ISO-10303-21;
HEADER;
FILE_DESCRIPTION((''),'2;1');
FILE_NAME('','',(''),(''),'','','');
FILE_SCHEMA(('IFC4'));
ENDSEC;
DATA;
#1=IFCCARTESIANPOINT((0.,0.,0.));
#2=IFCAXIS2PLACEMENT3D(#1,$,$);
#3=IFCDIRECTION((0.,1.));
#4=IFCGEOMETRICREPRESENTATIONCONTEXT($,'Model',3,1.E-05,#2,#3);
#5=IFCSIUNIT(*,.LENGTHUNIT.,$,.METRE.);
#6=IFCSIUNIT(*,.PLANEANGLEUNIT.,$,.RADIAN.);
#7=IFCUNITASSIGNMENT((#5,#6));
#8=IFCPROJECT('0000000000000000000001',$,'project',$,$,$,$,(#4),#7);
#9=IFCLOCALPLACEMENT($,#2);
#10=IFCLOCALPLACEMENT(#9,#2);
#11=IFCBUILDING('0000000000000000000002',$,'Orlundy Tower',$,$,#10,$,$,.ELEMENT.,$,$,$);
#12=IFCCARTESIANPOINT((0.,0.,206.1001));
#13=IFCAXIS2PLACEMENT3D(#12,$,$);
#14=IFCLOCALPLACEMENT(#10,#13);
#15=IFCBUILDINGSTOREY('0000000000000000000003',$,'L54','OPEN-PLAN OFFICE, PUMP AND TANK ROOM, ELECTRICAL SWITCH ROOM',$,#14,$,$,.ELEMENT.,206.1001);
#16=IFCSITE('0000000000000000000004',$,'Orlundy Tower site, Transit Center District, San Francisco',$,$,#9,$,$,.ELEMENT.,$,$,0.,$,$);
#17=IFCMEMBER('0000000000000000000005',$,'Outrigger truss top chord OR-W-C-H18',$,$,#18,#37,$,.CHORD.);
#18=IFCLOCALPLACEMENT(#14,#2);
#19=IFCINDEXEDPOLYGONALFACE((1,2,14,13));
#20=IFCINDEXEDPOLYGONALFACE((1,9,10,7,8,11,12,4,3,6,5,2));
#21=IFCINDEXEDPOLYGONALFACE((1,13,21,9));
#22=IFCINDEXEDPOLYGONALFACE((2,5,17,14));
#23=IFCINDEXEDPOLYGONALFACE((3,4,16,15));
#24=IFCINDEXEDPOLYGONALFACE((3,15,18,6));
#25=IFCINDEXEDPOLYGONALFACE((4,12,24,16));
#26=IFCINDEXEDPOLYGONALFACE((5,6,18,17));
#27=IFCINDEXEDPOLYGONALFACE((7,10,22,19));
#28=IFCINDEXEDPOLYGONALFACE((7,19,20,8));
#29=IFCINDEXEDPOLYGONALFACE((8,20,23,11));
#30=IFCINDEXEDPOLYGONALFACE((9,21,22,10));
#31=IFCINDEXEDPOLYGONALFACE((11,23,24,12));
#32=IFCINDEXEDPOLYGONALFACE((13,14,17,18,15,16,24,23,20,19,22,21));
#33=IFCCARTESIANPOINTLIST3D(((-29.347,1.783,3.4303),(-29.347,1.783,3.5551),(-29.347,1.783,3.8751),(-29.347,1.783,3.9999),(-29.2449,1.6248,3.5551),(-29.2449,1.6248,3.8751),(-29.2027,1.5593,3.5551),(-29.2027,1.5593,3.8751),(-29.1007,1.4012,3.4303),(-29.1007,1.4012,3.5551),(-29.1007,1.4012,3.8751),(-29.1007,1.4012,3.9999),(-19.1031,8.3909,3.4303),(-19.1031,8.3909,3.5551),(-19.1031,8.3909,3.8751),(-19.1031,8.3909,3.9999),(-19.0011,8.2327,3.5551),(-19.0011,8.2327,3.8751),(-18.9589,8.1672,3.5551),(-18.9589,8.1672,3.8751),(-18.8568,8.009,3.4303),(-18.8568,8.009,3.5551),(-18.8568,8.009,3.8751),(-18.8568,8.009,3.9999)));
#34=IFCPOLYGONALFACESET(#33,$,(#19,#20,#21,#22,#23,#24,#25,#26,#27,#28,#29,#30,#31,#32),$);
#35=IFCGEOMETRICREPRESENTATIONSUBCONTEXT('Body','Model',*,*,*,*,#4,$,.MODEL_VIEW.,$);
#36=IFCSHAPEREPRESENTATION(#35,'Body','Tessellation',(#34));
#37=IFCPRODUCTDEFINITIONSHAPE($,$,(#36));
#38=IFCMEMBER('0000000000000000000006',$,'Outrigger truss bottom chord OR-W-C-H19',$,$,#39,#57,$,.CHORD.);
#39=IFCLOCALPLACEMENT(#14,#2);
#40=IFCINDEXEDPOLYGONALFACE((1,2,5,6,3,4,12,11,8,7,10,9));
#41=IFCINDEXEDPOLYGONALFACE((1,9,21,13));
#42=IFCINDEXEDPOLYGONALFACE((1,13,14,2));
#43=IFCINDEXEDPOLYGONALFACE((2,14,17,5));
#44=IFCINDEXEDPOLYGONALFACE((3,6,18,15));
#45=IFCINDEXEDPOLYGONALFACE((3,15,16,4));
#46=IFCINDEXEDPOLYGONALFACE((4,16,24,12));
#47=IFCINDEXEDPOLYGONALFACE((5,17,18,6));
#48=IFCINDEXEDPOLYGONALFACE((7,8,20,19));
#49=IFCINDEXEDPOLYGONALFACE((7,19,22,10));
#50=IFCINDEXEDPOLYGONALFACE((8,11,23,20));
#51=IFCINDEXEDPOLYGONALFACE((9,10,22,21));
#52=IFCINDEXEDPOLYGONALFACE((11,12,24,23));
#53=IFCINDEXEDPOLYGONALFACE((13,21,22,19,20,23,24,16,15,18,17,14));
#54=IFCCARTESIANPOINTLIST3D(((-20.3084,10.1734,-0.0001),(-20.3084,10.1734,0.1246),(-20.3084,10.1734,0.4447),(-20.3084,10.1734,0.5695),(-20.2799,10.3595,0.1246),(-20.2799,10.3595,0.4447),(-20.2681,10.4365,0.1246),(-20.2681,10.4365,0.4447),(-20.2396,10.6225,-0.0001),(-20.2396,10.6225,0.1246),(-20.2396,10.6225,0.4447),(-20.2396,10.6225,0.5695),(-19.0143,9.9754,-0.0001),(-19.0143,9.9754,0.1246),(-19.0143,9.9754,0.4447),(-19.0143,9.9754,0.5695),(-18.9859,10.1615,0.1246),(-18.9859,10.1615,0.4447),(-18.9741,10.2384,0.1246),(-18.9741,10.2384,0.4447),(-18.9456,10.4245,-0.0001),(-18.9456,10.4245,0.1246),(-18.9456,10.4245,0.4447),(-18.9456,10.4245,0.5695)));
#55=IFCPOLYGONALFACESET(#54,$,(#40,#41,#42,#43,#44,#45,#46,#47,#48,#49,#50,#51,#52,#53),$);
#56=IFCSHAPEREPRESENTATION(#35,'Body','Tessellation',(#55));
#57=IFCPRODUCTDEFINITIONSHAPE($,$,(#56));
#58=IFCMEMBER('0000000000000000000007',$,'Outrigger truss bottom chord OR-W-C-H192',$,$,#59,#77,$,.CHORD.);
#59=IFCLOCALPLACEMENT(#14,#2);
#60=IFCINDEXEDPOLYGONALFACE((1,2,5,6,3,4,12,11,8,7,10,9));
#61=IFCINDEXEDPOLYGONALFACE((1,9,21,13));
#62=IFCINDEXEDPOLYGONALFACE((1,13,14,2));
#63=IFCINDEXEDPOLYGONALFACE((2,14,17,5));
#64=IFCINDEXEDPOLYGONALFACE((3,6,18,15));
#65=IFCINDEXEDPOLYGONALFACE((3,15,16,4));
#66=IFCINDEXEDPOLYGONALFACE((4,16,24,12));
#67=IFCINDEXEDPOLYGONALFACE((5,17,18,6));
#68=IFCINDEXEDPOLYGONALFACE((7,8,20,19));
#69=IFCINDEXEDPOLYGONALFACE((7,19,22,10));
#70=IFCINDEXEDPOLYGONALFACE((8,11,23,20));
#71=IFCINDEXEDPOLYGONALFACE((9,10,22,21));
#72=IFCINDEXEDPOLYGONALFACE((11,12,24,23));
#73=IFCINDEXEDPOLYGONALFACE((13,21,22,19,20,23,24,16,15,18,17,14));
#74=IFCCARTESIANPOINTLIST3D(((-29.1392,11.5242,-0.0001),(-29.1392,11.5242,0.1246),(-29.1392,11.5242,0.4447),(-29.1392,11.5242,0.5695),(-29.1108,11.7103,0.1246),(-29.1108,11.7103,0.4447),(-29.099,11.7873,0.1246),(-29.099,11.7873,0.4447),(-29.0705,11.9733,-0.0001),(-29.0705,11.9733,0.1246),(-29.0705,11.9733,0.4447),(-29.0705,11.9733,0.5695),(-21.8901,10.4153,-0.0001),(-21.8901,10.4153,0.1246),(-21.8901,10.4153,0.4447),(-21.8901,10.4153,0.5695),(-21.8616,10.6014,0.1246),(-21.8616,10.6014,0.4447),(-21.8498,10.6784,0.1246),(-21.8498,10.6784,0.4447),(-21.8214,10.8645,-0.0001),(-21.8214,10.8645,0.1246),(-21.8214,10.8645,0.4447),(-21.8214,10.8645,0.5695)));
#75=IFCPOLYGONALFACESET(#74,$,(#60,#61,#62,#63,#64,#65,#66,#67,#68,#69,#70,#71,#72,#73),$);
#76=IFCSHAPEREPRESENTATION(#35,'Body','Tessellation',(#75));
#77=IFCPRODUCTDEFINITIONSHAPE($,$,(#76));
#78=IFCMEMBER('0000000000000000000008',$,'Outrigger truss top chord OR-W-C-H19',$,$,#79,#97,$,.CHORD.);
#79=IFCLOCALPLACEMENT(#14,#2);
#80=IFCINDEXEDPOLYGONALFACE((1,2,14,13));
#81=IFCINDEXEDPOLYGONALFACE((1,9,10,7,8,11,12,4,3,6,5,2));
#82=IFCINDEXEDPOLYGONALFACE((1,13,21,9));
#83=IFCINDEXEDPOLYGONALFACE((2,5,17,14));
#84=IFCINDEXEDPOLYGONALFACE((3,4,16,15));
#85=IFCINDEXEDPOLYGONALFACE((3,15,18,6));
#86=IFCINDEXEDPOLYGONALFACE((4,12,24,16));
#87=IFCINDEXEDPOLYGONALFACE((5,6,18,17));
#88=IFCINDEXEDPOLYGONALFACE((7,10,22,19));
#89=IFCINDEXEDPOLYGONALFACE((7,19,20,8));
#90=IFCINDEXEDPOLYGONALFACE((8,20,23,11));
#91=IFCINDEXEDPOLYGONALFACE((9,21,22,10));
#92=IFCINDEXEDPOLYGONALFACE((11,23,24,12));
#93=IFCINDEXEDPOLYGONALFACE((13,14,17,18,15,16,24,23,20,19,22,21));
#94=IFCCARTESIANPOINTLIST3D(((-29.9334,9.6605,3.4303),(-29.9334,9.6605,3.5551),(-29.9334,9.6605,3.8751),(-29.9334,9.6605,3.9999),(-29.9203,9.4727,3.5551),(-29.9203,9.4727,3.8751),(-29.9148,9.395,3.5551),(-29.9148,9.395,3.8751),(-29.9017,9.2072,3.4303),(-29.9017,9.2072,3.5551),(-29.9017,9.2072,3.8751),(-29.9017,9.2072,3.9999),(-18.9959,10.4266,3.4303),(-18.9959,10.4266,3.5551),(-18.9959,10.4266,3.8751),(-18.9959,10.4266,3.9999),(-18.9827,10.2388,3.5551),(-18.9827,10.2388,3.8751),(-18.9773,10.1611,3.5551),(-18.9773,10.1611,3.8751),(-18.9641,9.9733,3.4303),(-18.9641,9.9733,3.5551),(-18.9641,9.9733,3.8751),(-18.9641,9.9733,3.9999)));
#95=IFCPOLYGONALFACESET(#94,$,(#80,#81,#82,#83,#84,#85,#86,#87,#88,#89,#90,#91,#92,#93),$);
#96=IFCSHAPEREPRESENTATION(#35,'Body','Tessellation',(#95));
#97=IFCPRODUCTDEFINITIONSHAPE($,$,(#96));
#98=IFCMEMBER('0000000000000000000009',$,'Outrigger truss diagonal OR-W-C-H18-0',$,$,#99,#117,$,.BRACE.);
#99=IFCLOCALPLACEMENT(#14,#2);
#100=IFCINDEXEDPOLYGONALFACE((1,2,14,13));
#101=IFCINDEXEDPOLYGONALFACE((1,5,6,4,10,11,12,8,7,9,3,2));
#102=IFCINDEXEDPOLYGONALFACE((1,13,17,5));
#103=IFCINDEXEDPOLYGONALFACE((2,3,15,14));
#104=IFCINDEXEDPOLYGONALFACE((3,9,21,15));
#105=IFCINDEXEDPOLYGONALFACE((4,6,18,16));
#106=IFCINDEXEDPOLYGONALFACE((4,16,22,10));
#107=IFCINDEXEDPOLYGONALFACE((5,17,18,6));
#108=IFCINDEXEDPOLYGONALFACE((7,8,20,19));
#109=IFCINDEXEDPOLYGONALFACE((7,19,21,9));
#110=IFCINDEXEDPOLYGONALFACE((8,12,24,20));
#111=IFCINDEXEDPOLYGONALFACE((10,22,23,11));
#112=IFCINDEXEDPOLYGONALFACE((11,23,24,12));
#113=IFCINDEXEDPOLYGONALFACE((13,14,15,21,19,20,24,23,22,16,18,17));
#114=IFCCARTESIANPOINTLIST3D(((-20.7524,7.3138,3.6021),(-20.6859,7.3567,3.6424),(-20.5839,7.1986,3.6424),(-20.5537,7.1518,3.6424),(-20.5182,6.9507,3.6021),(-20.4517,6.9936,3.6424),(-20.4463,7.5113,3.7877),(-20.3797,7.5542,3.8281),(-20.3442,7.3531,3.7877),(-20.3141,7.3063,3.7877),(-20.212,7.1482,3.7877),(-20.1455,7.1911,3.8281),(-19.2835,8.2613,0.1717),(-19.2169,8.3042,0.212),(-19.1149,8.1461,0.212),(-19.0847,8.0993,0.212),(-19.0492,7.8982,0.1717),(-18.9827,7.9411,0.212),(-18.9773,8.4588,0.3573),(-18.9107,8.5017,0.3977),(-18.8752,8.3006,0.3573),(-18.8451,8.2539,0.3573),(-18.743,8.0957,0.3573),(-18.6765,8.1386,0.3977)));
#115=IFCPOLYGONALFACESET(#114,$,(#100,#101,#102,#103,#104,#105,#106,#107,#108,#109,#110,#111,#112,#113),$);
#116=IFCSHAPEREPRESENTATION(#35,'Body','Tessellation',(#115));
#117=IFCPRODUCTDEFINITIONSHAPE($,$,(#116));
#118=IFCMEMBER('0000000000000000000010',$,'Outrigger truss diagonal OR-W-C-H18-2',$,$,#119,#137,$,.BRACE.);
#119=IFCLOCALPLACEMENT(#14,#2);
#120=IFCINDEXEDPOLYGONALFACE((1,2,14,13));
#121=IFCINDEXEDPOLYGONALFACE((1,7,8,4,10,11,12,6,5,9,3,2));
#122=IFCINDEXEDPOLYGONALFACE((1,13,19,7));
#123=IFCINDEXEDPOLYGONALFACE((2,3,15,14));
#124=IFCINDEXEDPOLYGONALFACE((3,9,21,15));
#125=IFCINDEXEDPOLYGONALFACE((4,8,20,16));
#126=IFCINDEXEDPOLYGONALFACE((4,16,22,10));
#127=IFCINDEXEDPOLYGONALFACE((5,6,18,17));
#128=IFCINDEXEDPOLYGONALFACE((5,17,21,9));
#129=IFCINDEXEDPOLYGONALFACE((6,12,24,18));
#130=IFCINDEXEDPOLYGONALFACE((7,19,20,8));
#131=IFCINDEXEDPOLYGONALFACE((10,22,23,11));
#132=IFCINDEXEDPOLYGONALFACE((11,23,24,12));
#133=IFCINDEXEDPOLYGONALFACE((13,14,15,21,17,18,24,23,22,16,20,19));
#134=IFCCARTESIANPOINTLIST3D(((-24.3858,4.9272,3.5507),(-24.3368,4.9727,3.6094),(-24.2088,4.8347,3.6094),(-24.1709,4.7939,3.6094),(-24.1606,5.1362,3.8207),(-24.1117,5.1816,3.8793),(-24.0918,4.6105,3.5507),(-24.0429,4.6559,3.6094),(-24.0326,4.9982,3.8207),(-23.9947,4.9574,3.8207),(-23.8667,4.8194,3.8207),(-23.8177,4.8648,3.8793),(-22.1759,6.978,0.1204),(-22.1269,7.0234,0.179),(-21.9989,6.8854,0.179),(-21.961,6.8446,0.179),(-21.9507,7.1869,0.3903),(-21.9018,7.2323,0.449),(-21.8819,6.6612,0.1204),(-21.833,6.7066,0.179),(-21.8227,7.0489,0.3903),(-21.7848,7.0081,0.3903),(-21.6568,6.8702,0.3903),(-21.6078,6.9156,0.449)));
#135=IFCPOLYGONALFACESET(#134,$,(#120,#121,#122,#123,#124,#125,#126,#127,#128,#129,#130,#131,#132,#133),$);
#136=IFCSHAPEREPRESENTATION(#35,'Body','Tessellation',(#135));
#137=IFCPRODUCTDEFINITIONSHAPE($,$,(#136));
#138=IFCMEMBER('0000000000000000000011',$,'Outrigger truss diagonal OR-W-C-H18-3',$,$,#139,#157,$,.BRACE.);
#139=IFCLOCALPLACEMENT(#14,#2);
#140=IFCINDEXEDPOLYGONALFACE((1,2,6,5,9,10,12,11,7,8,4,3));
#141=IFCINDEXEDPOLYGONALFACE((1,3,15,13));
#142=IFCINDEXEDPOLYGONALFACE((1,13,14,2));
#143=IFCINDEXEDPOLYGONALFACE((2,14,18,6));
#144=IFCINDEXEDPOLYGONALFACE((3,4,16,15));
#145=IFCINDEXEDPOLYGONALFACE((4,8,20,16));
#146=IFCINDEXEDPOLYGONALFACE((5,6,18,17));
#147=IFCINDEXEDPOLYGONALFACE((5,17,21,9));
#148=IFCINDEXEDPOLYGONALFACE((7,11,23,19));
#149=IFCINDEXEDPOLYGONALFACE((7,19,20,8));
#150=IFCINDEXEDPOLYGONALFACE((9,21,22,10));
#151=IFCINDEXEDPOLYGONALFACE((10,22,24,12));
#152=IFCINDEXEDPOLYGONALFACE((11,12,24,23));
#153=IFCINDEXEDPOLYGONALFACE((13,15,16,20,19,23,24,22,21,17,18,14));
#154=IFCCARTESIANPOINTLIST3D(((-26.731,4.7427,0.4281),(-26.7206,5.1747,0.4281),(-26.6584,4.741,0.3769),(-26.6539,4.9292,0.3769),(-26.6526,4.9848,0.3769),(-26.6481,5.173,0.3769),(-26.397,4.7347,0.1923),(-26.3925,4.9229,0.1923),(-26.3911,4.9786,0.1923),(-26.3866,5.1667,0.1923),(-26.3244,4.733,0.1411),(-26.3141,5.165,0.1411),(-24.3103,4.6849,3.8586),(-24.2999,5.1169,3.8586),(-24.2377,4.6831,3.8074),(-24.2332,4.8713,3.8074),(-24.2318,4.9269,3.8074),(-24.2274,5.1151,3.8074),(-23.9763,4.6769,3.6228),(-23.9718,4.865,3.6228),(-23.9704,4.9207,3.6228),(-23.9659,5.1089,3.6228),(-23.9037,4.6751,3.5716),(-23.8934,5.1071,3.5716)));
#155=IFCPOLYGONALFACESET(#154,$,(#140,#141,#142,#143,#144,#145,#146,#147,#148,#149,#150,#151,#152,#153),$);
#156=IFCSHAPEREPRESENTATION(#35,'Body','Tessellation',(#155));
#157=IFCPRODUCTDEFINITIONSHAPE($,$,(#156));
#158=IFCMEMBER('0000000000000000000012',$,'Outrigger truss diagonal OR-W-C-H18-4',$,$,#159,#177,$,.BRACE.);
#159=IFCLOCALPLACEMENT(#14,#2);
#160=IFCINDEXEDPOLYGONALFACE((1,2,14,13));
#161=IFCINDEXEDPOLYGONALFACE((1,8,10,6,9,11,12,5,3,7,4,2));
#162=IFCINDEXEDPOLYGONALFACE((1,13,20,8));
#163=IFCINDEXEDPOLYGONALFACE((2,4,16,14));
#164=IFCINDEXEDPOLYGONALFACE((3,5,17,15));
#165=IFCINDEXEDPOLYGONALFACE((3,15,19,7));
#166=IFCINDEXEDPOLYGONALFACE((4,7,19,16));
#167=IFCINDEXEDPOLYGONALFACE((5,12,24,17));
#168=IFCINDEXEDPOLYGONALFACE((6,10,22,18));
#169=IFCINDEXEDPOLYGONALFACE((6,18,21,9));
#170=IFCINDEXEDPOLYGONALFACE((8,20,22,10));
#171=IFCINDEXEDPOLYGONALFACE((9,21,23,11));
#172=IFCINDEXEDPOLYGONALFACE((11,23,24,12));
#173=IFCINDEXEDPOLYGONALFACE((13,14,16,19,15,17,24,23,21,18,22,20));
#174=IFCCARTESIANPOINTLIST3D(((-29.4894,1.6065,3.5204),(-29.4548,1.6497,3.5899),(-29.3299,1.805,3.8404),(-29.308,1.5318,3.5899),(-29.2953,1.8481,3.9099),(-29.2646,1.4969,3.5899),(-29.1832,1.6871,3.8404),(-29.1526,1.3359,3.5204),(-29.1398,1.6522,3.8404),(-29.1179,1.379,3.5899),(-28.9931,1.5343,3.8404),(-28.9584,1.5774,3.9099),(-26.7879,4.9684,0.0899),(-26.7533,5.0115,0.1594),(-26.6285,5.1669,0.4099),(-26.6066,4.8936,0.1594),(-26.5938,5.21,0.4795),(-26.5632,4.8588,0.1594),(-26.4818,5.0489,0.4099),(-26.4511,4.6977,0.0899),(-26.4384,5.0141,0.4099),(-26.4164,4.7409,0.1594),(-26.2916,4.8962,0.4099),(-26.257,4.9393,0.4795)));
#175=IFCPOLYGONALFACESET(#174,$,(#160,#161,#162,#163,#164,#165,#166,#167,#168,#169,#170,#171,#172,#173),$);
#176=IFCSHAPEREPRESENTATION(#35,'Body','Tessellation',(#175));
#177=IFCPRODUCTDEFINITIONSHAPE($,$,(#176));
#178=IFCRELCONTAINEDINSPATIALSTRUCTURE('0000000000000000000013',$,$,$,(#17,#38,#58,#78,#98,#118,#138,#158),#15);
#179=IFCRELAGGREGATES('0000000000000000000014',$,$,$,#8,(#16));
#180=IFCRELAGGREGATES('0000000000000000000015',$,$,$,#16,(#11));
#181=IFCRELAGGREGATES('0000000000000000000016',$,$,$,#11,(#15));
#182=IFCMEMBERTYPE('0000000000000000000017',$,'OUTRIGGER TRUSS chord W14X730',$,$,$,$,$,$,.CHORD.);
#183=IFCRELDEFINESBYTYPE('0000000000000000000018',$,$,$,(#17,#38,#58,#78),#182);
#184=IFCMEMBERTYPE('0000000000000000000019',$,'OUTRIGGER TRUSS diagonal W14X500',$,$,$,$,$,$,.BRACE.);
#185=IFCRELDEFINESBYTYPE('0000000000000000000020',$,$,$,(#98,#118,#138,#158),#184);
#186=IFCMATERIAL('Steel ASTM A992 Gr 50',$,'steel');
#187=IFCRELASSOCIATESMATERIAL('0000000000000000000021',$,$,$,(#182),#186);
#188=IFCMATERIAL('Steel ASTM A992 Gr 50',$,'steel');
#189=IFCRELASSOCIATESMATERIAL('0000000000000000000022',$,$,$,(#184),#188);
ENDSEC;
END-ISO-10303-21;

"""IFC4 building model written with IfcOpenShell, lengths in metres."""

from ifc_helpers import new_model, si_unit, direction, frame, origin, origin_2d, place, context, subcontext, project, spatial, i_section, extrude, material, material_profile, profile_set, type_object, element, save


model = new_model("IFC4")

# Units and contexts
model_context = context("Model", 3, precision=1e-05, world=origin(), true_north=direction((0.0, 1.0)))
body_context = subcontext(model_context, "Body", "Model", "MODEL_VIEW")
ifc_project = project(units=[si_unit("LENGTHUNIT", "METRE"), si_unit("PLANEANGLEUNIT", "RADIAN")], contexts=[model_context])

# Site, building, storey
site_placement = place(None, origin())
site = spatial("IfcSite", under=ifc_project, at=site_placement, Name="Orlundy Tower site, Transit Center District, San Francisco", CompositionType="ELEMENT", RefElevation=0.0)
building_placement = place(site_placement, origin())
building = spatial("IfcBuilding", under=site, at=building_placement, Name="Orlundy Tower", CompositionType="ELEMENT")
storey_placement = place(building_placement, frame((0.0, 0.0, 206.1001)))
storey = spatial("IfcBuildingStorey", under=building, at=storey_placement, Name="L54", Description="OPEN-PLAN OFFICE, PUMP AND TANK ROOM, ELECTRICAL SWITCH ROOM", CompositionType="ELEMENT", Elevation=206.1001)

# Members
ifc_material_1 = material(Name="Steel ASTM A992 Gr 50", Category="steel")
ifc_material_profile_1 = material_profile(ifc_material_1, i_section(OverallWidth=0.4543, OverallDepth=0.5696, WebThickness=0.0779, FlangeThickness=0.1248, at=origin_2d()), Name="W14X730")
ifc_profile_set_1 = profile_set([ifc_material_profile_1], Name="Steel ASTM A992 Gr 50")
member_type_1 = type_object("IfcMemberType", Name="OUTRIGGER TRUSS chord W14X730", PredefinedType="CHORD", material=ifc_profile_set_1)
member_1_placement = place(storey_placement, frame((-18.98, 8.2, 3.7151), z_axis=(-0.840336, -0.542066, 0.0), x_axis=(0.542066, -0.840336, 0.0)))
element("IfcMember", 1, at=member_1_placement, inside=storey, type_object=member_type_1, Name="Outrigger truss top chord OR-W-C-H18", PredefinedType="CHORD", context=body_context, shape_type="SweptSolid", body=[
    extrude(i_section(OverallWidth=0.4543, OverallDepth=0.5696, WebThickness=0.0779, FlangeThickness=0.1248, at=origin_2d()), origin(), (0.0, 0.0, 1.0), 12.1902),
])
member_2_placement = place(storey_placement, frame((-18.98, 10.2, 0.2847), z_axis=(-0.988494, 0.151258, 0.0), x_axis=(-0.151258, -0.988494, 0.0)))
element("IfcMember", 2, at=member_2_placement, inside=storey, type_object=member_type_1, Name="Outrigger truss bottom chord OR-W-C-H19", PredefinedType="CHORD", context=body_context, shape_type="SweptSolid", body=[
    extrude(i_section(OverallWidth=0.4543, OverallDepth=0.5696, WebThickness=0.0779, FlangeThickness=0.1248, at=origin_2d()), origin(), (0.0, 0.0, 1.0), 1.3091),
])
member_3_placement = place(storey_placement, frame((-21.8557, 10.6399, 0.2847), z_axis=(-0.988502, 0.151207, 0.0), x_axis=(-0.151207, -0.988502, 0.0)))
element("IfcMember", 3, at=member_3_placement, inside=storey, type_object=member_type_1, Name="Outrigger truss bottom chord OR-W-C-H192", PredefinedType="CHORD", context=body_context, shape_type="SweptSolid", body=[
    extrude(i_section(OverallWidth=0.4543, OverallDepth=0.5696, WebThickness=0.0779, FlangeThickness=0.1248, at=origin_2d()), origin(), (0.0, 0.0, 1.0), 7.3335),
])
member_4_placement = place(storey_placement, frame((-18.98, 10.2, 3.7151), z_axis=(-0.997556, -0.069873, 0.0), x_axis=(0.069873, -0.997556, 0.0)))
element("IfcMember", 4, at=member_4_placement, inside=storey, type_object=member_type_1, Name="Outrigger truss top chord OR-W-C-H19", PredefinedType="CHORD", context=body_context, shape_type="SweptSolid", body=[
    extrude(i_section(OverallWidth=0.4543, OverallDepth=0.5696, WebThickness=0.0779, FlangeThickness=0.1248, at=origin_2d()), origin(), (0.0, 0.0, 1.0), 10.9644),
])
ifc_material_2 = material(Name="Steel ASTM A992 Gr 50", Category="steel")
ifc_material_profile_2 = material_profile(ifc_material_2, i_section(OverallWidth=0.4321, OverallDepth=0.4978, WebThickness=0.0557, FlangeThickness=0.0889, at=origin_2d()), Name="W14X500")
ifc_profile_set_2 = profile_set([ifc_material_profile_2], Name="Steel ASTM A992 Gr 50")
member_type_2 = type_object("IfcMemberType", Name="OUTRIGGER TRUSS diagonal W14X500", PredefinedType="BRACE", material=ifc_profile_set_2)
member_5_placement = place(storey_placement, frame((-18.98, 8.2, 0.2847), z_axis=(-0.381544, -0.246098, 0.890988), x_axis=(0.542035, -0.840356, 0.0)))
element("IfcMember", 5, at=member_5_placement, inside=storey, type_object=member_type_2, Name="Outrigger truss diagonal OR-W-C-H18-0", PredefinedType="BRACE", context=body_context, shape_type="SweptSolid", body=[
    extrude(i_section(OverallWidth=0.4321, OverallDepth=0.4978, WebThickness=0.0557, FlangeThickness=0.0889, at=origin_2d()), origin(), (0.0, 0.0, 1.0), 3.8501),
])
member_6_placement = place(storey_placement, frame((-21.8918, 6.9468, 0.2847), z_axis=(-0.483899, -0.449044, 0.751133), x_axis=(0.680215, -0.733013, 0.0)))
element("IfcMember", 6, at=member_6_placement, inside=storey, type_object=member_type_2, Name="Outrigger truss diagonal OR-W-C-H18-2", PredefinedType="BRACE", context=body_context, shape_type="SweptSolid", body=[
    extrude(i_section(OverallWidth=0.4321, OverallDepth=0.4978, WebThickness=0.0557, FlangeThickness=0.0889, at=origin_2d()), origin(), (0.0, 0.0, 1.0), 4.5669),
])
member_7_placement = place(storey_placement, frame((-24.1018, 4.896, 3.7151), z_axis=(-0.576498, 0.01378, -0.816982), x_axis=(-0.023896, -0.999714, 0.0)))
element("IfcMember", 7, at=member_7_placement, inside=storey, type_object=member_type_2, Name="Outrigger truss diagonal OR-W-C-H18-3", PredefinedType="BRACE", context=body_context, shape_type="SweptSolid", body=[
    extrude(i_section(OverallWidth=0.4321, OverallDepth=0.4978, WebThickness=0.0557, FlangeThickness=0.0889, at=origin_2d()), origin(), (0.0, 0.0, 1.0), 4.199),
])
member_8_placement = place(storey_placement, frame((-26.5225, 4.9539, 0.2847), z_axis=(-0.490218, -0.610058, 0.622508), x_axis=(0.779514, -0.626385, 0.0)))
element("IfcMember", 8, at=member_8_placement, inside=storey, type_object=member_type_2, Name="Outrigger truss diagonal OR-W-C-H18-4", PredefinedType="BRACE", context=body_context, shape_type="SweptSolid", body=[
    extrude(i_section(OverallWidth=0.4321, OverallDepth=0.4978, WebThickness=0.0557, FlangeThickness=0.0889, at=origin_2d()), origin(), (0.0, 0.0, 1.0), 5.5107),
])

save(model, "model.ifc")
